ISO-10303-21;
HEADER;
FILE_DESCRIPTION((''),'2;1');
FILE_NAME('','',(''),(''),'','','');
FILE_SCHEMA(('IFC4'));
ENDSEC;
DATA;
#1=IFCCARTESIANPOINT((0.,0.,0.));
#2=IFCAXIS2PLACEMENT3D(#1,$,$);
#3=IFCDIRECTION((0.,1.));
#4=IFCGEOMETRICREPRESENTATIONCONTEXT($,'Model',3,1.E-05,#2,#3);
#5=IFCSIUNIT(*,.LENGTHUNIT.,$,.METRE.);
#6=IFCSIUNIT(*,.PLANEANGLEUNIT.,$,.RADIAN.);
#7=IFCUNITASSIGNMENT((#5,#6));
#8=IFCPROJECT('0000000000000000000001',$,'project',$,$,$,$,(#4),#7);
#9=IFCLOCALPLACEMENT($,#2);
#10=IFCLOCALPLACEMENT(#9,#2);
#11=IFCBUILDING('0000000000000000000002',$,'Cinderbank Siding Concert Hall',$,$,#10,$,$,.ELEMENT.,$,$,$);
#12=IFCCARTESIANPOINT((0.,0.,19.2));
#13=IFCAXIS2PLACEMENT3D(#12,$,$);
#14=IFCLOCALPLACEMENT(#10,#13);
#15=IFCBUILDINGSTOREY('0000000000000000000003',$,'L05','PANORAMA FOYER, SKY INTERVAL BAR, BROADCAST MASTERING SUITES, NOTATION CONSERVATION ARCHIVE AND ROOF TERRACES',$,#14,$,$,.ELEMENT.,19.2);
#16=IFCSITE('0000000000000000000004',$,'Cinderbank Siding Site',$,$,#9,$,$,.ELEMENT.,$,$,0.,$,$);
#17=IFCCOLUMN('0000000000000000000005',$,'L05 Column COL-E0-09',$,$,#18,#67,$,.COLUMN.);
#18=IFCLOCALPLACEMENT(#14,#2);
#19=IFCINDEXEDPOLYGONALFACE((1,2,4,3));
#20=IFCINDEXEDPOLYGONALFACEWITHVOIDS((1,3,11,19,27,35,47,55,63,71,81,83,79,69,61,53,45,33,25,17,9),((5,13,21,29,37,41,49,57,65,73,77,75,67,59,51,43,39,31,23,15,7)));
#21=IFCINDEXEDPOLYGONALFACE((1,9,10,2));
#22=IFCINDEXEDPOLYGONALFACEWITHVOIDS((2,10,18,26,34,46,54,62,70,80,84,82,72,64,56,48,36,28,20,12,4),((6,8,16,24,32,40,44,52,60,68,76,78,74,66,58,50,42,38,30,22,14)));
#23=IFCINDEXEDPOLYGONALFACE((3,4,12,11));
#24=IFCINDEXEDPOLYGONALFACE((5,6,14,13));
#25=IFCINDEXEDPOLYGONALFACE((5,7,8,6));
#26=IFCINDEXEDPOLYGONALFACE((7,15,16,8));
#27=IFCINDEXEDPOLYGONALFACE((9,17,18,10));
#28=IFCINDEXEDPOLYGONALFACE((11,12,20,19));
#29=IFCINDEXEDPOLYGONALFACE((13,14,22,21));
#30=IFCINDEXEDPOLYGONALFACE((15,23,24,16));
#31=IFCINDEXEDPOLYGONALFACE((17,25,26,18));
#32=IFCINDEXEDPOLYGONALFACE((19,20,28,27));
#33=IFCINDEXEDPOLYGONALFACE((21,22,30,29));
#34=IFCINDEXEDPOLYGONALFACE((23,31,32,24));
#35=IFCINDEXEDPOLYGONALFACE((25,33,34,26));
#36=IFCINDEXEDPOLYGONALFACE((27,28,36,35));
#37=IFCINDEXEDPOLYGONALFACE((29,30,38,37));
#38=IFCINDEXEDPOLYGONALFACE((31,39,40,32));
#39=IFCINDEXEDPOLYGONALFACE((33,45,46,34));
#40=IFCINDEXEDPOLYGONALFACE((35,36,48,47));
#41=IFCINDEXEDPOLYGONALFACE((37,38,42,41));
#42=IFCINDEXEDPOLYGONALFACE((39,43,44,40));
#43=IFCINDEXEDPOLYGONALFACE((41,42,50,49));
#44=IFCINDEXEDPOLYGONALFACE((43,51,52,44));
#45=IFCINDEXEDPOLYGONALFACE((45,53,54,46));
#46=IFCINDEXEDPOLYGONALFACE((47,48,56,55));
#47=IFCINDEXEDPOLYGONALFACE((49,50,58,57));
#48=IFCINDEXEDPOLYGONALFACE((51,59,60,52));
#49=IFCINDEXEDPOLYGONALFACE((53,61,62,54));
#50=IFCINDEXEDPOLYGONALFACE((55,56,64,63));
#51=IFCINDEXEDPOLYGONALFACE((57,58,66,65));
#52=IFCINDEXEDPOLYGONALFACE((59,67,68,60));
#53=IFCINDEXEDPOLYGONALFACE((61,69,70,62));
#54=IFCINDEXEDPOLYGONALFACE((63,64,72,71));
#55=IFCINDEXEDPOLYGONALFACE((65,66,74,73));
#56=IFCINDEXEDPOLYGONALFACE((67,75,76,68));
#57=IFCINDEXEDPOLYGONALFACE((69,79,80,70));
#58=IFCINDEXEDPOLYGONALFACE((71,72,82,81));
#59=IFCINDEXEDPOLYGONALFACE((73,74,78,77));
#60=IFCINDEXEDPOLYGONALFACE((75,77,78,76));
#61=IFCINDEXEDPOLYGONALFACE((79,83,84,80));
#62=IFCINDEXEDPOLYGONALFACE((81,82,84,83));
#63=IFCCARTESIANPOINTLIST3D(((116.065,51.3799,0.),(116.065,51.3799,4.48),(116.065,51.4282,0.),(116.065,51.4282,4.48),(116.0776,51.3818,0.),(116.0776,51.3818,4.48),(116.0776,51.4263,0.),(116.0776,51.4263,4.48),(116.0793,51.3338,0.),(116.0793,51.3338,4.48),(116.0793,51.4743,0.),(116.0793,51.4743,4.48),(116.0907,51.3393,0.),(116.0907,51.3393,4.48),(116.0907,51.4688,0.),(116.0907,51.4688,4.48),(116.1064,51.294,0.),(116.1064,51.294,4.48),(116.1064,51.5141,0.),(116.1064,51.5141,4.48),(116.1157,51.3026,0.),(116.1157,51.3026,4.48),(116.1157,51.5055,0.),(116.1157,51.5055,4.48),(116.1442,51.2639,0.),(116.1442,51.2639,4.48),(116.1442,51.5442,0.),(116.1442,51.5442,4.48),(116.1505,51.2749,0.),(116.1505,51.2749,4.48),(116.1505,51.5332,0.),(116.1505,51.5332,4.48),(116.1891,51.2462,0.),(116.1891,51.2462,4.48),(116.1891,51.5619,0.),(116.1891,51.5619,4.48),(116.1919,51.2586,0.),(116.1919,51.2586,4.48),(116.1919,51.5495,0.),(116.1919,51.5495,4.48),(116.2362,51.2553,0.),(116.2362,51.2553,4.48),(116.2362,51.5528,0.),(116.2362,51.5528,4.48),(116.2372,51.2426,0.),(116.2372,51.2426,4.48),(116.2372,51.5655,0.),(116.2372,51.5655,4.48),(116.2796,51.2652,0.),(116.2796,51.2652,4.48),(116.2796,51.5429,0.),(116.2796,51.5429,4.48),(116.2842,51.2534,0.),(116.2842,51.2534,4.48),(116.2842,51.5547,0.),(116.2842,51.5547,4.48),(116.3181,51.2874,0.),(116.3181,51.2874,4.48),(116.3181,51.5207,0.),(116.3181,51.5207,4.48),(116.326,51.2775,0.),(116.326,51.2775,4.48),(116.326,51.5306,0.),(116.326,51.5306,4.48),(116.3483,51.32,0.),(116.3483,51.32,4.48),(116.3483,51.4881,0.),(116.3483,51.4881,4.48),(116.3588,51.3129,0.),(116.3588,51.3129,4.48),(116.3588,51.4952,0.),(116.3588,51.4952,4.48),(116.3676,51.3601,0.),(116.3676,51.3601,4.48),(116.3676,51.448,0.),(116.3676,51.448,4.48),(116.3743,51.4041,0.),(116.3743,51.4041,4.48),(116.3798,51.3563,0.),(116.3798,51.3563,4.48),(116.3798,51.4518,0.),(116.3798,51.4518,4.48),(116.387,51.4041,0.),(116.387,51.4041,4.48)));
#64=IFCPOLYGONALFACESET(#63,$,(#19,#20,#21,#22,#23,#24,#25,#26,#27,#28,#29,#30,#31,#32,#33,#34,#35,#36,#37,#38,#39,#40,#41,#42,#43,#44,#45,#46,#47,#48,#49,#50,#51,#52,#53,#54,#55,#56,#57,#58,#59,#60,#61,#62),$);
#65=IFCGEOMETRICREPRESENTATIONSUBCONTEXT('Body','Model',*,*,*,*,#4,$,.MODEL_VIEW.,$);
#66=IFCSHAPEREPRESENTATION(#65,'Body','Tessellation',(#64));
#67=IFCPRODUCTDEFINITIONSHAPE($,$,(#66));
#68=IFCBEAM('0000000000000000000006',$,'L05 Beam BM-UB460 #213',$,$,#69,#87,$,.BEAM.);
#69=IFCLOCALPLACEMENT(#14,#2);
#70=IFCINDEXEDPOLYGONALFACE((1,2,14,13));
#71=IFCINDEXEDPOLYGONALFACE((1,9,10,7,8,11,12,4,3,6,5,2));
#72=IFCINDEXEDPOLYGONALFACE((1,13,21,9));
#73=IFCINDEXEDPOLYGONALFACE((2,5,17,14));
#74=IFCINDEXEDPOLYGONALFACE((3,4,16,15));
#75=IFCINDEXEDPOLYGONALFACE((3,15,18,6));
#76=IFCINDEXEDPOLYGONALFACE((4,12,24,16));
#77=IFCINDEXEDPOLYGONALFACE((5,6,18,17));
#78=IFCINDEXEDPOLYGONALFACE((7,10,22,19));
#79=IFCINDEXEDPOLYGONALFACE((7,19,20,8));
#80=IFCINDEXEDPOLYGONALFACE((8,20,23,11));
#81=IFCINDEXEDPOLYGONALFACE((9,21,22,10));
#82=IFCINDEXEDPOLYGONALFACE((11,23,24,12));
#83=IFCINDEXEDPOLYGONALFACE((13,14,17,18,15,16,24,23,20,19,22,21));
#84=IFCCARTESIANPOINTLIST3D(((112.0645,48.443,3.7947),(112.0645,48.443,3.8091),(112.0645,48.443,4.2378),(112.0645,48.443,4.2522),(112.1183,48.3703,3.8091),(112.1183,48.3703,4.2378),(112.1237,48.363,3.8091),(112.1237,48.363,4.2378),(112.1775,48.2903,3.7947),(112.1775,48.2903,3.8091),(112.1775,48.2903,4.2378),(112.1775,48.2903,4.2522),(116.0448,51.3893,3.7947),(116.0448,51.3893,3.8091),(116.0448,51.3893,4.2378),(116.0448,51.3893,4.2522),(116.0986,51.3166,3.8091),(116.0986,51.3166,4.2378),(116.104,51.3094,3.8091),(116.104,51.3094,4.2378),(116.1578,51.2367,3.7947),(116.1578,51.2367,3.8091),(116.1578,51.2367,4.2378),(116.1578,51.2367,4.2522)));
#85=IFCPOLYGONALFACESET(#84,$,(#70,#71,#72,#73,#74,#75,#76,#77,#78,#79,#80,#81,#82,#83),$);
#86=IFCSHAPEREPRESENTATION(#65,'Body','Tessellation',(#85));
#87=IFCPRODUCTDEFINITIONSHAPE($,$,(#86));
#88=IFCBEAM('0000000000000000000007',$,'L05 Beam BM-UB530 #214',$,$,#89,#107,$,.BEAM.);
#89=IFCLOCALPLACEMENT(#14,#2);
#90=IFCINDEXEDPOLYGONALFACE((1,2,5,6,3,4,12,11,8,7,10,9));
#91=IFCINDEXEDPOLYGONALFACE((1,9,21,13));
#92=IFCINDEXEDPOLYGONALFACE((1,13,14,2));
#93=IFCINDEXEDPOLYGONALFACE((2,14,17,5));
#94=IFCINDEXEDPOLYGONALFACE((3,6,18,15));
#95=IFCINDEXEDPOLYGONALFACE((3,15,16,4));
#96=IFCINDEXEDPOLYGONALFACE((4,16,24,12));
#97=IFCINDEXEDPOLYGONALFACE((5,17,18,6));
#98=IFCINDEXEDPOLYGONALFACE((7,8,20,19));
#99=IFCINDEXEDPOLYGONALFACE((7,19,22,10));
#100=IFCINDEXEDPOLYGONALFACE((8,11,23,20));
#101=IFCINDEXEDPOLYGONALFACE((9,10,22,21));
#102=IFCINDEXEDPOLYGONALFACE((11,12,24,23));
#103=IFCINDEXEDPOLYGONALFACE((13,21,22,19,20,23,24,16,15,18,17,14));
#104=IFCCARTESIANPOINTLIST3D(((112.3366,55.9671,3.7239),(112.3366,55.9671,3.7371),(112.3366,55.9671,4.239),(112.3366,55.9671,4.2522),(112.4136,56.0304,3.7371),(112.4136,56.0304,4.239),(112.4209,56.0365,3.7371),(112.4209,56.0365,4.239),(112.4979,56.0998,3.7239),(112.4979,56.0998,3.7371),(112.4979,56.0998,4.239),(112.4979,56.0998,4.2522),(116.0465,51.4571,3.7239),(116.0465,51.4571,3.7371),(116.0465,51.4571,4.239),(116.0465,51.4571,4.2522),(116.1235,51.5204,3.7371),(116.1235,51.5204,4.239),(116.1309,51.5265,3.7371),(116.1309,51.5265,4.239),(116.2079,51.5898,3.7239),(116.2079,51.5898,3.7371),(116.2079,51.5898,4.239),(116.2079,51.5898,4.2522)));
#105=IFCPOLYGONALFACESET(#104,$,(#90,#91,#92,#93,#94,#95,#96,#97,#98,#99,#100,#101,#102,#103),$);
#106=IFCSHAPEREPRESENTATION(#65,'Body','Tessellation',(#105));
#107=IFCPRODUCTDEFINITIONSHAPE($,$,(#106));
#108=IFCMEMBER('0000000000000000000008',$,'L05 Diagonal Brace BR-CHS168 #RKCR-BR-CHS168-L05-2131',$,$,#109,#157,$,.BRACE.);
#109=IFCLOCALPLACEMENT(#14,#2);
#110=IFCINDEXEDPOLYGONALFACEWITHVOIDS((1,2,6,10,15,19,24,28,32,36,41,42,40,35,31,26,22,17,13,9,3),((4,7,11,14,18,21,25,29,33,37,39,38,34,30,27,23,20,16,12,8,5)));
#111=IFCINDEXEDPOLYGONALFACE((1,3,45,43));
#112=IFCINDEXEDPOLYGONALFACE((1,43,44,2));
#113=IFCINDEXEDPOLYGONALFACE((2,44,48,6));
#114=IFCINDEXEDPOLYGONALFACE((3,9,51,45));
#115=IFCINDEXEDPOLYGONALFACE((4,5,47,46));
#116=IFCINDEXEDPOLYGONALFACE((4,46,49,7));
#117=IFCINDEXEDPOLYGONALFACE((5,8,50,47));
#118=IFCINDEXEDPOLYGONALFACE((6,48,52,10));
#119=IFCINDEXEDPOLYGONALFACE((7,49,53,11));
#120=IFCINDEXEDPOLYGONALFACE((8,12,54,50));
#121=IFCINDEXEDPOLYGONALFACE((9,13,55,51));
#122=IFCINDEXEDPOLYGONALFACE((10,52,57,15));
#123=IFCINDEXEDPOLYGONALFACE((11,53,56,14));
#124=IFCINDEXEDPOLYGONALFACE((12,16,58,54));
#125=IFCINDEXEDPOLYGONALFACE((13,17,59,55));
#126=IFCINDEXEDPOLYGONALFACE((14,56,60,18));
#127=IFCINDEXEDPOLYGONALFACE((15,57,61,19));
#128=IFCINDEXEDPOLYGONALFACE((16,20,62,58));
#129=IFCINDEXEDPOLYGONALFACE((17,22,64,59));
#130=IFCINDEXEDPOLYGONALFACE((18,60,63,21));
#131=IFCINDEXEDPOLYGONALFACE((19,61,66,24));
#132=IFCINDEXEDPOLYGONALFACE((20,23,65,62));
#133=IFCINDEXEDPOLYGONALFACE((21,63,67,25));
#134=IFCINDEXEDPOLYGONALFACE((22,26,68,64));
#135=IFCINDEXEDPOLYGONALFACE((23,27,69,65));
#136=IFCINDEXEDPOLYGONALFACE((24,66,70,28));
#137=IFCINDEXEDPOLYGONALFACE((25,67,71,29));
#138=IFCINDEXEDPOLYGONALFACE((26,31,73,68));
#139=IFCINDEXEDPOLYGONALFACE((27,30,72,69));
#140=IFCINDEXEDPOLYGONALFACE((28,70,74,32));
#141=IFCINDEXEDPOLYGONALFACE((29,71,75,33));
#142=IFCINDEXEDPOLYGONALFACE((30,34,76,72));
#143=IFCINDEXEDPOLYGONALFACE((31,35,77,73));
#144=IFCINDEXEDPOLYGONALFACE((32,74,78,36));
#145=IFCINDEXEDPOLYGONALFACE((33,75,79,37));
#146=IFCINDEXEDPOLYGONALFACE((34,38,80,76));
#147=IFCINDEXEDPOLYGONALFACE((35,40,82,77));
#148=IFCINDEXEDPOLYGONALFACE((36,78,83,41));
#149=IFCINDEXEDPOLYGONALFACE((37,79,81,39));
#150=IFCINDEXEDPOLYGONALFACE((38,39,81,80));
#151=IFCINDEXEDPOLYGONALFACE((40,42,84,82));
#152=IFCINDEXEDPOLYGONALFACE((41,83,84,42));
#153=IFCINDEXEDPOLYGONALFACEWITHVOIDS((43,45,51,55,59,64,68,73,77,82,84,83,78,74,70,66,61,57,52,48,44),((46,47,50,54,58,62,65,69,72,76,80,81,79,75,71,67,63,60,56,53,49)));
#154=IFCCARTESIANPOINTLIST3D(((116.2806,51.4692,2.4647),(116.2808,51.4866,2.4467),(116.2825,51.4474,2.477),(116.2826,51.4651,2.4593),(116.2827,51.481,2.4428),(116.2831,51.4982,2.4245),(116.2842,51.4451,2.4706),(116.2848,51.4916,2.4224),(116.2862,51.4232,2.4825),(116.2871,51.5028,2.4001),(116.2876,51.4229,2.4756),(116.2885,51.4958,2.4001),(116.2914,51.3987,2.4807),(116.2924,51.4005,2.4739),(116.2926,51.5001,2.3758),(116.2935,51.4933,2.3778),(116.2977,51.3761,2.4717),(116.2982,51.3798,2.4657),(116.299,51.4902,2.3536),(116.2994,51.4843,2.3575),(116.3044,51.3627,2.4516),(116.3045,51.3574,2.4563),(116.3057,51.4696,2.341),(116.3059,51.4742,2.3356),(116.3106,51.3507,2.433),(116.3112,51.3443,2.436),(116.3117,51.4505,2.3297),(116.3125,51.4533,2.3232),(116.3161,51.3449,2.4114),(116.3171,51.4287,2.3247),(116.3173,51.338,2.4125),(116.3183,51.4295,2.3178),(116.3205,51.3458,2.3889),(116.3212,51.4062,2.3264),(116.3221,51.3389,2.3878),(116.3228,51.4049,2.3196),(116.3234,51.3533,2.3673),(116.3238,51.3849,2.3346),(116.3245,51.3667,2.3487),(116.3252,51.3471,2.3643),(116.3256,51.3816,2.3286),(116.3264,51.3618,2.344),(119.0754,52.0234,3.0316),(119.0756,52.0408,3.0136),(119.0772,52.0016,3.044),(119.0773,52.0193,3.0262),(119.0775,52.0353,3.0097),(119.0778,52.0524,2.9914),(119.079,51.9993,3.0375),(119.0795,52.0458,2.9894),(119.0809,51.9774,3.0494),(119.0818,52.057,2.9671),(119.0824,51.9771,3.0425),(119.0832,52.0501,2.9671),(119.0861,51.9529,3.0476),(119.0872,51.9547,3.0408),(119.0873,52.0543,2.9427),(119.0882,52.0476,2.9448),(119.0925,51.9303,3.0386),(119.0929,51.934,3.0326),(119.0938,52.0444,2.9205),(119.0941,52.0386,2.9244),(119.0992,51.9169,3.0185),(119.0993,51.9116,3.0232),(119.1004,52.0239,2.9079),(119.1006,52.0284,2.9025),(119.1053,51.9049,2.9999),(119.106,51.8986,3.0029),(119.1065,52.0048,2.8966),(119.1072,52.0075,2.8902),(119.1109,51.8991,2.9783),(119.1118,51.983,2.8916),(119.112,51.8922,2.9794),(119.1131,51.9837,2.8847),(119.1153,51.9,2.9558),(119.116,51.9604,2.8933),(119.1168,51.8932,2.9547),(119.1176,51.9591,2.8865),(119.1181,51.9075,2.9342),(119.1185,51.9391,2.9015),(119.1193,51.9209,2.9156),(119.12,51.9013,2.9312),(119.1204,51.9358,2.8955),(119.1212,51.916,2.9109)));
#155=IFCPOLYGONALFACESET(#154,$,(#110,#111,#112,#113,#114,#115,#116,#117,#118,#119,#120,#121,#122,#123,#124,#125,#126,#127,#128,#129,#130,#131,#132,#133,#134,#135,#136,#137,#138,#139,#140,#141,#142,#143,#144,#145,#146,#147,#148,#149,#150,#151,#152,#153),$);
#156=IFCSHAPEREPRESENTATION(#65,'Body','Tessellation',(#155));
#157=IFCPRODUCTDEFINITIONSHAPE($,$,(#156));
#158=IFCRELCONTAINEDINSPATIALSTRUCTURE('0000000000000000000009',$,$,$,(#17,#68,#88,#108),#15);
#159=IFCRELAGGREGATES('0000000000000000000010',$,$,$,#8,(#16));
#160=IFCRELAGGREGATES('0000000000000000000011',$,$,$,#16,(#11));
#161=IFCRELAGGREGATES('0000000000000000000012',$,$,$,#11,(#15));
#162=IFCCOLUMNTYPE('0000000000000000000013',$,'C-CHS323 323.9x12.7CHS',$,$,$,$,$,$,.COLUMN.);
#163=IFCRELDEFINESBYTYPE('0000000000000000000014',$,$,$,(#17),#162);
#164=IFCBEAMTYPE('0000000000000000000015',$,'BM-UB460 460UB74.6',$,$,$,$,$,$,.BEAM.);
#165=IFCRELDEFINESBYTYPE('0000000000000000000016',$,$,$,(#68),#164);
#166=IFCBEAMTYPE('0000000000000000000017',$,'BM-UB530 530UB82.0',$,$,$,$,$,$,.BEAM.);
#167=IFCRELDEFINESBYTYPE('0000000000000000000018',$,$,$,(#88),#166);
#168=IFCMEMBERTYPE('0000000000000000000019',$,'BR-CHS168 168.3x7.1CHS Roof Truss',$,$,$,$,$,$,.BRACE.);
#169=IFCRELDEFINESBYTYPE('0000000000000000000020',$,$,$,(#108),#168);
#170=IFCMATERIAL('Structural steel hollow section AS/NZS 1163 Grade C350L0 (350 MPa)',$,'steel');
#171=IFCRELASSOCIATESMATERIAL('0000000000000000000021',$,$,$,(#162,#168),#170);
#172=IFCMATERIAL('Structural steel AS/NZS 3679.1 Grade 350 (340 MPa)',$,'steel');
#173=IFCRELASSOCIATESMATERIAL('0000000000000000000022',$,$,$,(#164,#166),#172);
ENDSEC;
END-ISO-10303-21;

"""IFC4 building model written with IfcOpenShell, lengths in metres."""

from ifc_helpers import new_model, si_unit, direction, frame, origin, origin_2d, place, context, subcontext, project, spatial, hollow_circle, i_section, extrude, material, material_profile, profile_set, type_object, element, save


model = new_model("IFC4")

# Units and contexts
model_context = context("Model", 3, precision=1e-05, world=origin(), true_north=direction((0.0, 1.0)))
body_context = subcontext(model_context, "Body", "Model", "MODEL_VIEW")
ifc_project = project(units=[si_unit("LENGTHUNIT", "METRE"), si_unit("PLANEANGLEUNIT", "RADIAN")], contexts=[model_context])

# Site, building, storey
site_placement = place(None, origin())
site = spatial("IfcSite", under=ifc_project, at=site_placement, Name="Cinderbank Siding Site", CompositionType="ELEMENT", RefElevation=0.0)
building_placement = place(site_placement, origin())
building = spatial("IfcBuilding", under=site, at=building_placement, Name="Cinderbank Siding Concert Hall", CompositionType="ELEMENT")
storey_placement = place(building_placement, frame((0.0, 0.0, 19.2)))
storey = spatial("IfcBuildingStorey", under=building, at=storey_placement, Name="L05", Description="PANORAMA FOYER, SKY INTERVAL BAR, BROADCAST MASTERING SUITES, NOTATION CONSERVATION ARCHIVE AND ROOF TERRACES", CompositionType="ELEMENT", Elevation=19.2)

# Column
ifc_material_1 = material(Name="Structural steel hollow section AS/NZS 1163 Grade C350L0 (350 MPa)", Category="steel")
ifc_material_profile_1 = material_profile(ifc_material_1, hollow_circle(Radius=0.1619, WallThickness=0.0127, at=origin_2d()), Name="323.9x12.7CHS", Category="LoadBearing")
ifc_profile_set_1 = profile_set([ifc_material_profile_1], Name="Structural steel hollow section AS/NZS 1163 Grade C350L0 (350 MPa)")
column_type = type_object("IfcColumnType", Name="C-CHS323 323.9x12.7CHS", PredefinedType="COLUMN", material=ifc_profile_set_1)
column_placement = place(storey_placement, frame((116.2251, 51.4041, 0.0), z_axis=(0.0, 0.0, 1.0), x_axis=(1.0, 0.0, 0.0)))
element("IfcColumn", 1, at=column_placement, inside=storey, type_object=column_type, Name="L05 Column COL-E0-09", PredefinedType="COLUMN", context=body_context, shape_type="SweptSolid", body=[
    extrude(hollow_circle(Radius=0.1619, WallThickness=0.0127, at=origin_2d()), origin(), (0.0, 0.0, 1.0), 4.48),
])

# Beams
ifc_material_2 = material(Name="Structural steel AS/NZS 3679.1 Grade 350 (340 MPa)", Category="steel")
ifc_material_profile_2 = material_profile(ifc_material_2, i_section(OverallWidth=0.1899, OverallDepth=0.4575, WebThickness=0.009, FlangeThickness=0.0144, at=origin_2d()), Name="460UB74.6", Category="LoadBearing")
ifc_profile_set_2 = profile_set([ifc_material_profile_2], Name="Structural steel AS/NZS 3679.1 Grade 350 (340 MPa)")
beam_type_1 = type_object("IfcBeamType", Name="BM-UB460 460UB74.6", PredefinedType="BEAM", material=ifc_profile_set_2)
beam_1_placement = place(storey_placement, frame((116.1013, 51.313, 4.0234), z_axis=(-0.803753, -0.594963, 0.0), x_axis=(0.594963, -0.803753, 0.0)))
element("IfcBeam", 2, at=beam_1_placement, inside=storey, type_object=beam_type_1, Name="L05 Beam BM-UB460 #213", PredefinedType="BEAM", context=body_context, shape_type="SweptSolid", body=[
    extrude(i_section(OverallWidth=0.1899, OverallDepth=0.4575, WebThickness=0.009, FlangeThickness=0.0144, at=origin_2d()), origin(), (0.0, 0.0, 1.0), 4.9521),
])
ifc_material_profile_3 = material_profile(ifc_material_2, i_section(OverallWidth=0.209, OverallDepth=0.5283, WebThickness=0.0095, FlangeThickness=0.0132, at=origin_2d()), Name="530UB82.0", Category="LoadBearing")
ifc_profile_set_3 = profile_set([ifc_material_profile_3], Name="Structural steel AS/NZS 3679.1 Grade 350 (340 MPa)")
beam_type_2 = type_object("IfcBeamType", Name="BM-UB530 530UB82.0", PredefinedType="BEAM", material=ifc_profile_set_3)
beam_2_placement = place(storey_placement, frame((116.1272, 51.5234, 3.988), z_axis=(-0.635282, 0.77228, 0.0), x_axis=(-0.77228, -0.635282, 0.0)))
element("IfcBeam", 3, at=beam_2_placement, inside=storey, type_object=beam_type_2, Name="L05 Beam BM-UB530 #214", PredefinedType="BEAM", context=body_context, shape_type="SweptSolid", body=[
    extrude(i_section(OverallWidth=0.209, OverallDepth=0.5283, WebThickness=0.0095, FlangeThickness=0.0132, at=origin_2d()), origin(), (0.0, 0.0, 1.0), 5.8398),
])

# Member
ifc_material_profile_4 = material_profile(ifc_material_1, hollow_circle(Radius=0.0842, WallThickness=0.0071, at=origin_2d()), Name="168.3x7.1CHS", Category="LoadBearing")
ifc_profile_set_4 = profile_set([ifc_material_profile_4], Name="Structural steel hollow section AS/NZS 1163 Grade C350L0 (350 MPa)")
member_type_1 = type_object("IfcMemberType", Name="BR-CHS168 168.3x7.1CHS Roof Truss", PredefinedType="BRACE", material=ifc_profile_set_4)
member_1_placement = place(storey_placement, frame((116.3035, 51.4202, 2.4001), z_axis=(0.96204, 0.190778, 0.195148), x_axis=(-0.194517, 0.980899, 0.0)))
element("IfcMember", 4, at=member_1_placement, inside=storey, type_object=member_type_1, Name="L05 Diagonal Brace BR-CHS168 #RKCR-BR-CHS168-L05-2131", PredefinedType="BRACE", context=body_context, shape_type="SweptSolid", body=[
    extrude(hollow_circle(Radius=0.0842, WallThickness=0.0071, at=origin_2d()), origin(), (0.0, 0.0, 1.0), 2.905),
])

save(model, "model.ifc")
